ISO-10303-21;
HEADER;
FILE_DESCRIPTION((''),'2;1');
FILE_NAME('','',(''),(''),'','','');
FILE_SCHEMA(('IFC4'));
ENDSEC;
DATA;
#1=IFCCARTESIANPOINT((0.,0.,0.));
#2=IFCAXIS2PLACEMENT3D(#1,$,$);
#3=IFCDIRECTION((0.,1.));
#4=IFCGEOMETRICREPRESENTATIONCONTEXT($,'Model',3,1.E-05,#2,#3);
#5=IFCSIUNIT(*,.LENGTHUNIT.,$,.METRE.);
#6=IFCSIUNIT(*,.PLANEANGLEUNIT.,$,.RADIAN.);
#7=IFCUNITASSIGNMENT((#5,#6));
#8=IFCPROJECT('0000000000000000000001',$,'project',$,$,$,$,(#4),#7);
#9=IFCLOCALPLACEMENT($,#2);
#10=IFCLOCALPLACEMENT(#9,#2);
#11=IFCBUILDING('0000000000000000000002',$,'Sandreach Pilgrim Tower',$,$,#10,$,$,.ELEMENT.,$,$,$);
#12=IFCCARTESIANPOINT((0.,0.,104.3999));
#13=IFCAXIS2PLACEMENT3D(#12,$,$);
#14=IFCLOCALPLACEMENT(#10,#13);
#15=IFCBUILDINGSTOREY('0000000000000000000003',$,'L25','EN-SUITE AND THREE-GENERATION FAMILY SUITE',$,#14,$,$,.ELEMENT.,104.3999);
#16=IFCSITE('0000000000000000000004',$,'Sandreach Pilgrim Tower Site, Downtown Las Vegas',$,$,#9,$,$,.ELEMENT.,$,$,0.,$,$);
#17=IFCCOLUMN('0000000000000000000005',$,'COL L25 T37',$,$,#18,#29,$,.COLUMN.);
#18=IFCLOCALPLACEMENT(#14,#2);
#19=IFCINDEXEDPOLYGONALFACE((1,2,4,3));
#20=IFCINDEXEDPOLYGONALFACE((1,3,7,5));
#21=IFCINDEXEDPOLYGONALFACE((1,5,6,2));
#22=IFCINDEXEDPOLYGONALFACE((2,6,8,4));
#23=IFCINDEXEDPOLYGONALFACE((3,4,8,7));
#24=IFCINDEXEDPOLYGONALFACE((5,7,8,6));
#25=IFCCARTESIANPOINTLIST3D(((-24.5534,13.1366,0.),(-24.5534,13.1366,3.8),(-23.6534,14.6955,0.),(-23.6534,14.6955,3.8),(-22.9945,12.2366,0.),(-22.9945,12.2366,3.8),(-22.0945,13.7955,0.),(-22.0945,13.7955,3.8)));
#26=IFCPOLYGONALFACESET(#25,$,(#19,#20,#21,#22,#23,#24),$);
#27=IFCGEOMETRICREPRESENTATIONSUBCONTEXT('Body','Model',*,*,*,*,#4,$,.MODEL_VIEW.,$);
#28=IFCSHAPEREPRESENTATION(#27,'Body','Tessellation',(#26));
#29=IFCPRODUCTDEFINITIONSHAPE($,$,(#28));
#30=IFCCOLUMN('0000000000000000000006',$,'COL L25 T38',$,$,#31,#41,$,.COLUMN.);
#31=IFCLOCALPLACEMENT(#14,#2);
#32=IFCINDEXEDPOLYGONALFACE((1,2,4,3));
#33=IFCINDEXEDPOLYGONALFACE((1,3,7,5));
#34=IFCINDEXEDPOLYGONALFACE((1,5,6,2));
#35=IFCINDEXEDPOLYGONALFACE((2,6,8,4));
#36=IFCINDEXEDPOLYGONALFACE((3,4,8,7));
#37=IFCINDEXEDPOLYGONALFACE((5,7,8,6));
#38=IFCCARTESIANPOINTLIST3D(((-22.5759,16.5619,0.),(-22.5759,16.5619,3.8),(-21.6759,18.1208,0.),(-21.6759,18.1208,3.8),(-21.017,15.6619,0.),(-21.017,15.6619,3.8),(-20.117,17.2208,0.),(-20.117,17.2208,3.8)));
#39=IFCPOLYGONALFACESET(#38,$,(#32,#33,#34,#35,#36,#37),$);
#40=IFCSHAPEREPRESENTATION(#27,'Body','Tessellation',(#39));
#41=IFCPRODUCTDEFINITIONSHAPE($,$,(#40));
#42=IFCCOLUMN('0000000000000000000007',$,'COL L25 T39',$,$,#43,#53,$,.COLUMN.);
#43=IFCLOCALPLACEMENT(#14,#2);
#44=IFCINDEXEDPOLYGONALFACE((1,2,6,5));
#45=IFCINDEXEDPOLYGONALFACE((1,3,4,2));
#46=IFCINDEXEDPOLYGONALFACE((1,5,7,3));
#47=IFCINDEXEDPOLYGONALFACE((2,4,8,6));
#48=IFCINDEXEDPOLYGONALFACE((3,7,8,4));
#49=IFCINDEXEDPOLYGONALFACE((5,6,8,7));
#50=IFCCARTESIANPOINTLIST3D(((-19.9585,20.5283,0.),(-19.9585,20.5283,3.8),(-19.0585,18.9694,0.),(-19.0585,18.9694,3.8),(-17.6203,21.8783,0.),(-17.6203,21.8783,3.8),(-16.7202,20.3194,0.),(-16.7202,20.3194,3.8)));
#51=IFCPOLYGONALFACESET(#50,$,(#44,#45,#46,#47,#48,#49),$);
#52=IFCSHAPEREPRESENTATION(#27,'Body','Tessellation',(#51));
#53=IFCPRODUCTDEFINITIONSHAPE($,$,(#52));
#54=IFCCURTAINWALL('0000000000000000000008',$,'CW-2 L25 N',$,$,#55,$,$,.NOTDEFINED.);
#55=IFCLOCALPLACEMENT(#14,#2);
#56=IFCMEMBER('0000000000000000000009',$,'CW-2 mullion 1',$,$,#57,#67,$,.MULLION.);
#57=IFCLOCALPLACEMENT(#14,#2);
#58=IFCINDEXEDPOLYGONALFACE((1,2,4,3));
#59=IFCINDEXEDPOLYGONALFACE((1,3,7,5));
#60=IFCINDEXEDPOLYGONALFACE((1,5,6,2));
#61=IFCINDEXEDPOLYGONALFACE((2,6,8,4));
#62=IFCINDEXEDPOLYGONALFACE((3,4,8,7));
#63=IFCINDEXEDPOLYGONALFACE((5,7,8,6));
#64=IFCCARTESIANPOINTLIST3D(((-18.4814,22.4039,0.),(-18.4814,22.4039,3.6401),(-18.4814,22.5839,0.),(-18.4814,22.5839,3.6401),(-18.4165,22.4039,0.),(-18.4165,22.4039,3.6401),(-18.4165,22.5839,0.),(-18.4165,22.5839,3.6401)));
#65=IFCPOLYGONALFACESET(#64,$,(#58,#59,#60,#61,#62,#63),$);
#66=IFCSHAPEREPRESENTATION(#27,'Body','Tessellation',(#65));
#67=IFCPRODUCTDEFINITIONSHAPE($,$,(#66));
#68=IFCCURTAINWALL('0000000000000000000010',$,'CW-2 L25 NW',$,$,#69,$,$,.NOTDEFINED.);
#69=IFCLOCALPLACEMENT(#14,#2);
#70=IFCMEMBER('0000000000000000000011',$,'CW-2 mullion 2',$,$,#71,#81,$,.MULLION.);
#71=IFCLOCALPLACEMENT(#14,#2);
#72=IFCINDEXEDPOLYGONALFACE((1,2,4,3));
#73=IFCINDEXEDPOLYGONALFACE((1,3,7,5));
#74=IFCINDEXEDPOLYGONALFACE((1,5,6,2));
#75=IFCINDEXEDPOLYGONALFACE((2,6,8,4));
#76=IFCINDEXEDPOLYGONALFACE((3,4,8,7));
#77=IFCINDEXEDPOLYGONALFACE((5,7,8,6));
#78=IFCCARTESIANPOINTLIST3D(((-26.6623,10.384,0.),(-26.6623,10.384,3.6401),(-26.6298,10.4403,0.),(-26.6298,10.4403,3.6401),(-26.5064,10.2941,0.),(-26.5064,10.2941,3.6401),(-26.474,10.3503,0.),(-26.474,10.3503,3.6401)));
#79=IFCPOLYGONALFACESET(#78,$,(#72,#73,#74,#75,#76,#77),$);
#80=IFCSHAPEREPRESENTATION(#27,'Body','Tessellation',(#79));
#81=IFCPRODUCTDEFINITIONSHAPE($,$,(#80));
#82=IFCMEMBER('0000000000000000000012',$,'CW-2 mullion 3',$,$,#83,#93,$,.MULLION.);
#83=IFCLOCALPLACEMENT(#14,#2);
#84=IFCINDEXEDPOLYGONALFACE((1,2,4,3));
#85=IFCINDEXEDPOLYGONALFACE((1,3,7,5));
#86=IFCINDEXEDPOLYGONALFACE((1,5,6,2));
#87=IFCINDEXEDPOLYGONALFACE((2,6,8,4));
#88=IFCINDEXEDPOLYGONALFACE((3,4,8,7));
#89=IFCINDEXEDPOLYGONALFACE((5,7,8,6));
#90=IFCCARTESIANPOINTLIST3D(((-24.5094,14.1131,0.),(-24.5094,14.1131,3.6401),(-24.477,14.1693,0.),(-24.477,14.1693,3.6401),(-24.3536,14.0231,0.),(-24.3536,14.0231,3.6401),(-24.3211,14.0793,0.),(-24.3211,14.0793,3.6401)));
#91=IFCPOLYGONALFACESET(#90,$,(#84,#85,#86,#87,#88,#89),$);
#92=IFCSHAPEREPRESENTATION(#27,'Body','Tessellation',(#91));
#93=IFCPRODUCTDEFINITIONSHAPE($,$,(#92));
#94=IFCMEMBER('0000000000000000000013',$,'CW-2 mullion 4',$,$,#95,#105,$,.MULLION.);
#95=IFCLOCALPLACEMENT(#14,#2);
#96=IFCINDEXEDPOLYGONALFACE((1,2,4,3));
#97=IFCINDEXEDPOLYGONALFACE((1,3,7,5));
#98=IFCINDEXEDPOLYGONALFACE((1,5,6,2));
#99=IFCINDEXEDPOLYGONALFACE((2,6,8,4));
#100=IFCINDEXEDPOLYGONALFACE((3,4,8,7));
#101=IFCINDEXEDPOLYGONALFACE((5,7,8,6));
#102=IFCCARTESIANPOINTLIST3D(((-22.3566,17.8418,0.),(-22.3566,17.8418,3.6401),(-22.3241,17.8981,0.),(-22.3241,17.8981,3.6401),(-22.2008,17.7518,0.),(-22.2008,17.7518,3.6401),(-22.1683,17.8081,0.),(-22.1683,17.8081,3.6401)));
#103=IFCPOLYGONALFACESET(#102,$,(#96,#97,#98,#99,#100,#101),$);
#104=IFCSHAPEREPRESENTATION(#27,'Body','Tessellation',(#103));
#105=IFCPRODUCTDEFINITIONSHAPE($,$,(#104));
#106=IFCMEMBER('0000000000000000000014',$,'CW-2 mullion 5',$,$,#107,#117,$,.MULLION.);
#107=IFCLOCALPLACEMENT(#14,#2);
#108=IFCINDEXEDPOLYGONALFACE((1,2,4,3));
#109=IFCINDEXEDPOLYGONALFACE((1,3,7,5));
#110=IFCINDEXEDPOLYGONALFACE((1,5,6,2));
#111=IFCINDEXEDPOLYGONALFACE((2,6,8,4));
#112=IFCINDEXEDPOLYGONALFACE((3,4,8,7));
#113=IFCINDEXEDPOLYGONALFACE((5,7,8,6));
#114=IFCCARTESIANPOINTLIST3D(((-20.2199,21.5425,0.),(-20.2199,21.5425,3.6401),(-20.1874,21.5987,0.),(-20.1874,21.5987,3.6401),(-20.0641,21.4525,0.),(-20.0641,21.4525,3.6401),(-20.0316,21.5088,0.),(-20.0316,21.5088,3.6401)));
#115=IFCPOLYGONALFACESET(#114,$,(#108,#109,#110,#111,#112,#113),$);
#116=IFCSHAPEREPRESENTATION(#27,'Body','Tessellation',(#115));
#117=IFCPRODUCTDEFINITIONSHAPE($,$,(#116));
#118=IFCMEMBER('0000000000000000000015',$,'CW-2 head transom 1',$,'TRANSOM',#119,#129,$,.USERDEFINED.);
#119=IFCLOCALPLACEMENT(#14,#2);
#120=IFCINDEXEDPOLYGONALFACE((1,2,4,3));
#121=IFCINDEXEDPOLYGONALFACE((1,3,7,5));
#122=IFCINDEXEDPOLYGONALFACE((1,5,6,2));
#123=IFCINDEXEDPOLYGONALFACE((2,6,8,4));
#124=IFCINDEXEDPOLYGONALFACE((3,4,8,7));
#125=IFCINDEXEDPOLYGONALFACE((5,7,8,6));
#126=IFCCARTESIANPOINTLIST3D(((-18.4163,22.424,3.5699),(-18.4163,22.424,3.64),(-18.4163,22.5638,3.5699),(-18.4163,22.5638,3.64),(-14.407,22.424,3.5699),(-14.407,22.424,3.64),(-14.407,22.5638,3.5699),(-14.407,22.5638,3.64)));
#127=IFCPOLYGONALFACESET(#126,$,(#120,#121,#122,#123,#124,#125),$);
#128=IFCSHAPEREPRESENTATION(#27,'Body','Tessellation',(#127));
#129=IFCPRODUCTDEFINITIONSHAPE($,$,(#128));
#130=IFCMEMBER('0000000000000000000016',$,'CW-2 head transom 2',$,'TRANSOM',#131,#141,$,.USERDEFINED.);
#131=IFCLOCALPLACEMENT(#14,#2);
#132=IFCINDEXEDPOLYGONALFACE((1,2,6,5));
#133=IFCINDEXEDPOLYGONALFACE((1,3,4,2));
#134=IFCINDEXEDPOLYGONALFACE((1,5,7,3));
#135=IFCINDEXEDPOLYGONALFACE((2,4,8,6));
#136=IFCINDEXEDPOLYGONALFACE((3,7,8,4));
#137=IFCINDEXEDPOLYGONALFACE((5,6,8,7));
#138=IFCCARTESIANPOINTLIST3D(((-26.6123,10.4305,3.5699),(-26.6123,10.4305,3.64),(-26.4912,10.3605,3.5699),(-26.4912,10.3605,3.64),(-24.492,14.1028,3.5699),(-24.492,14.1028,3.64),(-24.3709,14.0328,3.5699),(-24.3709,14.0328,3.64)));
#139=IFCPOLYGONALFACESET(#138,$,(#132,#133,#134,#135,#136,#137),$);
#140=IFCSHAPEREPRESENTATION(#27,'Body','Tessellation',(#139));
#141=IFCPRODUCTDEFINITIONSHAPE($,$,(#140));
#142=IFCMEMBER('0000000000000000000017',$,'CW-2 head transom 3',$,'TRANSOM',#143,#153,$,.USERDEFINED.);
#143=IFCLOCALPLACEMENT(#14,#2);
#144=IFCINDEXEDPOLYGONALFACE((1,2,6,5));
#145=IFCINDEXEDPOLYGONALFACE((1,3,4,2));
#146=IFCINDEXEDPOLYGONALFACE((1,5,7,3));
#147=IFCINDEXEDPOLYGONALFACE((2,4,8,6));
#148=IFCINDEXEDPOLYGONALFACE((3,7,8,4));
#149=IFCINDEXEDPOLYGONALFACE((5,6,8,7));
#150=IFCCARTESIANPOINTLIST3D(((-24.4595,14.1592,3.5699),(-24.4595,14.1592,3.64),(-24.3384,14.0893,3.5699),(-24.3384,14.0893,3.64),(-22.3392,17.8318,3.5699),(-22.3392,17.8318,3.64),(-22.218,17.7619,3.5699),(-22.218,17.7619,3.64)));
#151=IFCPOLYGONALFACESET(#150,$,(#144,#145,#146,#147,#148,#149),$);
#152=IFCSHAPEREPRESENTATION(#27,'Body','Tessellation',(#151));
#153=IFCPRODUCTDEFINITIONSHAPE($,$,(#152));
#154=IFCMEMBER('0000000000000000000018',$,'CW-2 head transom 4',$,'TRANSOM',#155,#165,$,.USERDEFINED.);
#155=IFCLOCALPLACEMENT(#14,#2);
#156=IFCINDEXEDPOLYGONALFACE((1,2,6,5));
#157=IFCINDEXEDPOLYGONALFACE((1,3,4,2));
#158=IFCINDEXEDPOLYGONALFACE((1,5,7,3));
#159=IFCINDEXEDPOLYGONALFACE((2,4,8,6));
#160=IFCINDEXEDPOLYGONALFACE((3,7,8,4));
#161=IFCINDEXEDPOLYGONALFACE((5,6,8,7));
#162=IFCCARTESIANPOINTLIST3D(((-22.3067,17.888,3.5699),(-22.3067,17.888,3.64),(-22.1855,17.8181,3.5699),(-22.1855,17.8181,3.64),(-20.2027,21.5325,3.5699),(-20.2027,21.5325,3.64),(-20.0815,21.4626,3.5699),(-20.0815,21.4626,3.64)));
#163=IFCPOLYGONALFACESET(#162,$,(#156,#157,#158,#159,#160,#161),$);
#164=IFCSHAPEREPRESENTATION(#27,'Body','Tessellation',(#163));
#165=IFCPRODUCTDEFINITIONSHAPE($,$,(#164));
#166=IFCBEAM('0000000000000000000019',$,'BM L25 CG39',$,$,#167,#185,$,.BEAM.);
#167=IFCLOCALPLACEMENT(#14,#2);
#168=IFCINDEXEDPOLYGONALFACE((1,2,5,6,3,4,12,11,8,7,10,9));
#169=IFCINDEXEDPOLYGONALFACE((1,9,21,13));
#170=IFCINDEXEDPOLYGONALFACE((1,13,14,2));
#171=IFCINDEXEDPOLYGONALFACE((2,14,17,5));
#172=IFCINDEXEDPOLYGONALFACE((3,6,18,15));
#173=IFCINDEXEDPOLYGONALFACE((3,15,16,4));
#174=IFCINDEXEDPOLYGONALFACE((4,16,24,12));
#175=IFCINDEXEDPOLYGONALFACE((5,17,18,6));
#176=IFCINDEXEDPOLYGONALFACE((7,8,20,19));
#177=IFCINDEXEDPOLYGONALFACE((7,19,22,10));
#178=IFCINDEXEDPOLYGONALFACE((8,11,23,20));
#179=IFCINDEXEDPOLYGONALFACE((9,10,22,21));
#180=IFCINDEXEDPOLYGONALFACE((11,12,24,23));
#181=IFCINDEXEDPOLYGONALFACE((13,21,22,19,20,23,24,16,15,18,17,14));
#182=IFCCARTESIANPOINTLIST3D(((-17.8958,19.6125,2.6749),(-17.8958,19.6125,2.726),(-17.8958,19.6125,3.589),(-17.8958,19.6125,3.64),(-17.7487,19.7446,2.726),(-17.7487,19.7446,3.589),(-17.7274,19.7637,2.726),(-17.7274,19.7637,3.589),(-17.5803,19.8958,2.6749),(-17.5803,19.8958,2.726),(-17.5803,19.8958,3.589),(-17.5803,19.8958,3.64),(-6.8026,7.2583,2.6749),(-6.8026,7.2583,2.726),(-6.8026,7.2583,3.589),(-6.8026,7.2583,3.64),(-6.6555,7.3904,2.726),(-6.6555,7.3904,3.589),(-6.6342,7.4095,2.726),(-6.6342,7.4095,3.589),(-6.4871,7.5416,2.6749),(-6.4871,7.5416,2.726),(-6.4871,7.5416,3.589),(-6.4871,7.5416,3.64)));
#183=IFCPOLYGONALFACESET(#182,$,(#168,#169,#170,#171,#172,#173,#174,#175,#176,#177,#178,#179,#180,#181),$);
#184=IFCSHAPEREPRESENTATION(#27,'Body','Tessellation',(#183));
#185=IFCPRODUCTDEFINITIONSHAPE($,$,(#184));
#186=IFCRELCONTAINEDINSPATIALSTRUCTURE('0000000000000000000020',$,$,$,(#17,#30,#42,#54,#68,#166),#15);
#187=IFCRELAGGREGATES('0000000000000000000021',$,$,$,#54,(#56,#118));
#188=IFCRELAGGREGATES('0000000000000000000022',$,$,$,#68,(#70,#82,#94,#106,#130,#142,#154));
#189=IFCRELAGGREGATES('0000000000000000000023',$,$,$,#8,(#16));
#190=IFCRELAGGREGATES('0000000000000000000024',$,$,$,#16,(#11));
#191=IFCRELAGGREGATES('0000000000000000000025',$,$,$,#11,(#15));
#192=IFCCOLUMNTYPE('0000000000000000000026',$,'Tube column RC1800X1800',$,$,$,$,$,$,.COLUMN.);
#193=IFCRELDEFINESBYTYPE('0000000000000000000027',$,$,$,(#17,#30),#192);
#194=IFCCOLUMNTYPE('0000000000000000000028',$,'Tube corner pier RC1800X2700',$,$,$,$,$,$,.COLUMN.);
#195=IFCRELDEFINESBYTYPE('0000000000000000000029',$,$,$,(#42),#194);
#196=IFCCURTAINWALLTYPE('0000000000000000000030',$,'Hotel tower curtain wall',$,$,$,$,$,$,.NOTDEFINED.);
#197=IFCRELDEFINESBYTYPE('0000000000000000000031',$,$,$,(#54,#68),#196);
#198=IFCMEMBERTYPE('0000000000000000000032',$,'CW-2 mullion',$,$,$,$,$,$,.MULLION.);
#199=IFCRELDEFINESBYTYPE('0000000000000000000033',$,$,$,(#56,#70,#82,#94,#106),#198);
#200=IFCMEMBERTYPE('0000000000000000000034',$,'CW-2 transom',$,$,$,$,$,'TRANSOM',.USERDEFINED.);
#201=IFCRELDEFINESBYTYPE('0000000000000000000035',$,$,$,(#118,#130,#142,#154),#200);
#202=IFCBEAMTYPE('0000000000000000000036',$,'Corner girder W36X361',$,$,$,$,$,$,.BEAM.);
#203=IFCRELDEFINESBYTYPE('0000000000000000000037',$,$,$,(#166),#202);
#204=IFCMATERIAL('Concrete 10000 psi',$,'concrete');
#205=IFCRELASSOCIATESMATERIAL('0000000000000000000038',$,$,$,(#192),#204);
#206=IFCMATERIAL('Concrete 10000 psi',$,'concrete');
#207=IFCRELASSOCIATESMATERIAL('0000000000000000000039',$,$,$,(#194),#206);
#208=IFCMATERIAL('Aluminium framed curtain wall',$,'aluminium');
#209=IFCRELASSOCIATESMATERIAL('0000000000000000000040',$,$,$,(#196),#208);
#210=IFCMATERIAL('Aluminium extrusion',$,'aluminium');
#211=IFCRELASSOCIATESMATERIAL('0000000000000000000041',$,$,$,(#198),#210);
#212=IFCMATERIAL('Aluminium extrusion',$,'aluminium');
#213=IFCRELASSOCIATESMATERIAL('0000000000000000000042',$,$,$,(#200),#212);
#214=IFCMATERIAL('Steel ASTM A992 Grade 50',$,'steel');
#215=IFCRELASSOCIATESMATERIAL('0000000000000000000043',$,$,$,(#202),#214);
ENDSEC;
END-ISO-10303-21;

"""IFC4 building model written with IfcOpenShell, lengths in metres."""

from ifc_helpers import new_model, si_unit, direction, frame, origin, origin_2d, place, context, subcontext, project, spatial, rectangle, i_section, extrude, material, material_profile, profile_set, type_object, element, aggregate, save


model = new_model("IFC4")

# Units and contexts
model_context = context("Model", 3, precision=1e-05, world=origin(), true_north=direction((0.0, 1.0)))
body_context = subcontext(model_context, "Body", "Model", "MODEL_VIEW")
ifc_project = project(units=[si_unit("LENGTHUNIT", "METRE"), si_unit("PLANEANGLEUNIT", "RADIAN")], contexts=[model_context])

# Site, building, storey
site_placement = place(None, origin())
site = spatial("IfcSite", under=ifc_project, at=site_placement, Name="Sandreach Pilgrim Tower Site, Downtown Las Vegas", CompositionType="ELEMENT", RefElevation=0.0)
building_placement = place(site_placement, origin())
building = spatial("IfcBuilding", under=site, at=building_placement, Name="Sandreach Pilgrim Tower", CompositionType="ELEMENT")
storey_placement = place(building_placement, frame((0.0, 0.0, 104.3999)))
storey = spatial("IfcBuildingStorey", under=building, at=storey_placement, Name="L25", Description="EN-SUITE AND THREE-GENERATION FAMILY SUITE", CompositionType="ELEMENT", Elevation=104.3999)

# Columns
ifc_material_1 = material(Name="Concrete 10000 psi", Category="concrete")
ifc_material_profile_1 = material_profile(ifc_material_1, rectangle(XDim=1.8, YDim=1.8, at=origin_2d()), Name="RC1800X1800")
ifc_profile_set_1 = profile_set([ifc_material_profile_1], Name="Concrete 10000 psi")
column_type_1 = type_object("IfcColumnType", Name="Tube column RC1800X1800", PredefinedType="COLUMN", material=ifc_profile_set_1)
for number, where, z_axis, x_axis, name in (
    (1, (-23.324, 13.4661, 0.0), (0.0, 0.0, 1.0), (-0.866025, 0.5, 0.0), "COL L25 T37"),
    (2, (-21.3464, 16.8914, 0.0), (0.0, 0.0, 1.0), (-0.866025, 0.5, 0.0), "COL L25 T38"),
):
    element("IfcColumn", number, at=place(storey_placement, frame(where, z_axis=z_axis, x_axis=x_axis)), inside=storey, type_object=column_type_1, Name=name, PredefinedType="COLUMN", context=body_context, shape_type="SweptSolid", body=[
        extrude(rectangle(XDim=1.8, YDim=1.8, at=origin_2d()), origin(), (0.0, 0.0, 1.0), 3.8),
    ])
ifc_material_2 = material(Name="Concrete 10000 psi", Category="concrete")
ifc_material_profile_2 = material_profile(ifc_material_2, rectangle(XDim=1.8, YDim=2.7, at=origin_2d()), Name="RC1800X2700")
ifc_profile_set_2 = profile_set([ifc_material_profile_2], Name="Concrete 10000 psi")
column_type_2 = type_object("IfcColumnType", Name="Tube corner pier RC1800X2700", PredefinedType="COLUMN", material=ifc_profile_set_2)
column_placement = place(storey_placement, frame((-18.3394, 20.4238, 0.0), z_axis=(0.0, 0.0, 1.0), x_axis=(-0.5, 0.866025, 0.0)))
element("IfcColumn", 3, at=column_placement, inside=storey, type_object=column_type_2, Name="COL L25 T39", PredefinedType="COLUMN", context=body_context, shape_type="SweptSolid", body=[
    extrude(rectangle(XDim=1.8, YDim=2.7, at=origin_2d()), origin(), (0.0, 0.0, 1.0), 3.8),
])

# Curtain wall, member
ifc_material_3 = material(Name="Aluminium framed curtain wall", Category="aluminium")
curtain_wall_type = type_object("IfcCurtainWallType", Name="Hotel tower curtain wall", PredefinedType="NOTDEFINED", material=ifc_material_3)
curtain_wall_1_placement = place(storey_placement, origin())
curtain_wall_1 = element("IfcCurtainWall", 4, at=curtain_wall_1_placement, inside=storey, type_object=curtain_wall_type, Name="CW-2 L25 N", PredefinedType="NOTDEFINED")
ifc_material_4 = material(Name="Aluminium extrusion", Category="aluminium")
ifc_material_profile_3 = material_profile(ifc_material_4, rectangle(XDim=0.0649, YDim=0.1799, at=origin_2d()), Name="CW-2M 65X180")
ifc_profile_set_3 = profile_set([ifc_material_profile_3], Name="Aluminium extrusion")
member_type_1 = type_object("IfcMemberType", Name="CW-2 mullion", PredefinedType="MULLION", material=ifc_profile_set_3)
member_1_placement = place(storey_placement, frame((-18.449, 22.4939, 0.0), z_axis=(0.0, 0.0, 1.0), x_axis=(1.0, 0.0, 0.0)))
member_1 = element("IfcMember", 5, at=member_1_placement, type_object=member_type_1, Name="CW-2 mullion 1", PredefinedType="MULLION", context=body_context, shape_type="SweptSolid", body=[
    extrude(rectangle(XDim=0.0649, YDim=0.1799, at=origin_2d()), origin(), (0.0, 0.0, 1.0), 3.6401),
])

# Curtain wall, members
curtain_wall_2_placement = place(storey_placement, origin())
curtain_wall_2 = element("IfcCurtainWall", 6, at=curtain_wall_2_placement, inside=storey, type_object=curtain_wall_type, Name="CW-2 L25 NW", PredefinedType="NOTDEFINED")
member_2_placement = place(storey_placement, frame((-26.5681, 10.3672, 0.0), z_axis=(0.0, 0.0, 1.0), x_axis=(0.5, 0.866025, 0.0)))
member_2 = element("IfcMember", 7, at=member_2_placement, type_object=member_type_1, Name="CW-2 mullion 2", PredefinedType="MULLION", context=body_context, shape_type="SweptSolid", body=[
    extrude(rectangle(XDim=0.0649, YDim=0.1799, at=origin_2d()), origin(), (0.0, 0.0, 1.0), 3.6401),
])
member_3_placement = place(storey_placement, frame((-24.4153, 14.0962, 0.0), z_axis=(0.0, 0.0, 1.0), x_axis=(0.5, 0.866025, 0.0)))
member_3 = element("IfcMember", 8, at=member_3_placement, type_object=member_type_1, Name="CW-2 mullion 3", PredefinedType="MULLION", context=body_context, shape_type="SweptSolid", body=[
    extrude(rectangle(XDim=0.0649, YDim=0.1799, at=origin_2d()), origin(), (0.0, 0.0, 1.0), 3.6401),
])
member_4_placement = place(storey_placement, frame((-22.2625, 17.825, 0.0), z_axis=(0.0, 0.0, 1.0), x_axis=(0.5, 0.866025, 0.0)))
member_4 = element("IfcMember", 9, at=member_4_placement, type_object=member_type_1, Name="CW-2 mullion 4", PredefinedType="MULLION", context=body_context, shape_type="SweptSolid", body=[
    extrude(rectangle(XDim=0.0649, YDim=0.1799, at=origin_2d()), origin(), (0.0, 0.0, 1.0), 3.6401),
])
member_5_placement = place(storey_placement, frame((-20.1257, 21.5256, 0.0), z_axis=(0.0, 0.0, 1.0), x_axis=(0.5, 0.866025, 0.0)))
member_5 = element("IfcMember", 10, at=member_5_placement, type_object=member_type_1, Name="CW-2 mullion 5", PredefinedType="MULLION", context=body_context, shape_type="SweptSolid", body=[
    extrude(rectangle(XDim=0.0649, YDim=0.1799, at=origin_2d()), origin(), (0.0, 0.0, 1.0), 3.6401),
])

# Members
ifc_material_5 = material(Name="Aluminium extrusion", Category="aluminium")
ifc_material_profile_4 = material_profile(ifc_material_5, rectangle(XDim=0.1399, YDim=0.0701, at=origin_2d()), Name="CW-2T 140X70")
ifc_profile_set_4 = profile_set([ifc_material_profile_4], Name="Aluminium extrusion")
member_type_2 = type_object("IfcMemberType", Name="CW-2 transom", ElementType="TRANSOM", PredefinedType="USERDEFINED", material=ifc_profile_set_4)
member_6_placement = place(storey_placement, frame((-18.4163, 22.4939, 3.605), z_axis=(1.0, 0.0, 0.0), x_axis=(0.0, 1.0, 0.0)))
member_6 = element("IfcMember", 11, at=member_6_placement, type_object=member_type_2, Name="CW-2 head transom 1", ObjectType="TRANSOM", PredefinedType="USERDEFINED", context=body_context, shape_type="SweptSolid", body=[
    extrude(rectangle(XDim=0.1399, YDim=0.0701, at=origin_2d()), origin(), (0.0, 0.0, 1.0), 4.0093),
])
member_7_placement = place(storey_placement, frame((-26.5518, 10.3955, 3.605), z_axis=(0.500021, 0.866013, 0.0), x_axis=(-0.866013, 0.500021, 0.0)))
member_7 = element("IfcMember", 12, at=member_7_placement, type_object=member_type_2, Name="CW-2 head transom 2", ObjectType="TRANSOM", PredefinedType="USERDEFINED", context=body_context, shape_type="SweptSolid", body=[
    extrude(rectangle(XDim=0.1399, YDim=0.0701, at=origin_2d()), origin(), (0.0, 0.0, 1.0), 4.2405),
])
member_8_placement = place(storey_placement, frame((-24.3989, 14.1243, 3.605), z_axis=(0.499997, 0.866027, 0.0), x_axis=(-0.866027, 0.499997, 0.0)))
member_8 = element("IfcMember", 13, at=member_8_placement, type_object=member_type_2, Name="CW-2 head transom 3", ObjectType="TRANSOM", PredefinedType="USERDEFINED", context=body_context, shape_type="SweptSolid", body=[
    extrude(rectangle(XDim=0.1399, YDim=0.0701, at=origin_2d()), origin(), (0.0, 0.0, 1.0), 4.2407),
])
member_9_placement = place(storey_placement, frame((-22.2461, 17.853, 3.605), z_axis=(0.49997, 0.866043, 0.0), x_axis=(-0.866043, 0.49997, 0.0)))
member_9 = element("IfcMember", 14, at=member_9_placement, type_object=member_type_2, Name="CW-2 head transom 4", ObjectType="TRANSOM", PredefinedType="USERDEFINED", context=body_context, shape_type="SweptSolid", body=[
    extrude(rectangle(XDim=0.1399, YDim=0.0701, at=origin_2d()), origin(), (0.0, 0.0, 1.0), 4.2083),
])

# Beam
ifc_material_6 = material(Name="Steel ASTM A992 Grade 50", Category="steel")
ifc_material_profile_5 = material_profile(ifc_material_6, i_section(OverallWidth=0.4241, OverallDepth=0.9651, WebThickness=0.0286, FlangeThickness=0.051, at=origin_2d()), Name="W36X361")
ifc_profile_set_5 = profile_set([ifc_material_profile_5], Name="Steel ASTM A992 Grade 50")
beam_type_1 = type_object("IfcBeamType", Name="Corner girder W36X361", PredefinedType="BEAM", material=ifc_profile_set_5)
beam_1_placement = place(storey_placement, frame((-17.738, 19.7542, 3.1575), z_axis=(0.668114, -0.744059, 0.0), x_axis=(0.744059, 0.668114, 0.0)))
element("IfcBeam", 15, at=beam_1_placement, inside=storey, type_object=beam_type_1, Name="BM L25 CG39", PredefinedType="BEAM", context=body_context, shape_type="SweptSolid", body=[
    extrude(i_section(OverallWidth=0.4241, OverallDepth=0.9651, WebThickness=0.0286, FlangeThickness=0.051, at=origin_2d()), origin(), (0.0, 0.0, 1.0), 16.6038),
])

aggregate(curtain_wall_1, [member_1, member_6])
aggregate(curtain_wall_2, [member_2, member_3, member_4, member_5, member_7, member_8, member_9])

save(model, "model.ifc")
